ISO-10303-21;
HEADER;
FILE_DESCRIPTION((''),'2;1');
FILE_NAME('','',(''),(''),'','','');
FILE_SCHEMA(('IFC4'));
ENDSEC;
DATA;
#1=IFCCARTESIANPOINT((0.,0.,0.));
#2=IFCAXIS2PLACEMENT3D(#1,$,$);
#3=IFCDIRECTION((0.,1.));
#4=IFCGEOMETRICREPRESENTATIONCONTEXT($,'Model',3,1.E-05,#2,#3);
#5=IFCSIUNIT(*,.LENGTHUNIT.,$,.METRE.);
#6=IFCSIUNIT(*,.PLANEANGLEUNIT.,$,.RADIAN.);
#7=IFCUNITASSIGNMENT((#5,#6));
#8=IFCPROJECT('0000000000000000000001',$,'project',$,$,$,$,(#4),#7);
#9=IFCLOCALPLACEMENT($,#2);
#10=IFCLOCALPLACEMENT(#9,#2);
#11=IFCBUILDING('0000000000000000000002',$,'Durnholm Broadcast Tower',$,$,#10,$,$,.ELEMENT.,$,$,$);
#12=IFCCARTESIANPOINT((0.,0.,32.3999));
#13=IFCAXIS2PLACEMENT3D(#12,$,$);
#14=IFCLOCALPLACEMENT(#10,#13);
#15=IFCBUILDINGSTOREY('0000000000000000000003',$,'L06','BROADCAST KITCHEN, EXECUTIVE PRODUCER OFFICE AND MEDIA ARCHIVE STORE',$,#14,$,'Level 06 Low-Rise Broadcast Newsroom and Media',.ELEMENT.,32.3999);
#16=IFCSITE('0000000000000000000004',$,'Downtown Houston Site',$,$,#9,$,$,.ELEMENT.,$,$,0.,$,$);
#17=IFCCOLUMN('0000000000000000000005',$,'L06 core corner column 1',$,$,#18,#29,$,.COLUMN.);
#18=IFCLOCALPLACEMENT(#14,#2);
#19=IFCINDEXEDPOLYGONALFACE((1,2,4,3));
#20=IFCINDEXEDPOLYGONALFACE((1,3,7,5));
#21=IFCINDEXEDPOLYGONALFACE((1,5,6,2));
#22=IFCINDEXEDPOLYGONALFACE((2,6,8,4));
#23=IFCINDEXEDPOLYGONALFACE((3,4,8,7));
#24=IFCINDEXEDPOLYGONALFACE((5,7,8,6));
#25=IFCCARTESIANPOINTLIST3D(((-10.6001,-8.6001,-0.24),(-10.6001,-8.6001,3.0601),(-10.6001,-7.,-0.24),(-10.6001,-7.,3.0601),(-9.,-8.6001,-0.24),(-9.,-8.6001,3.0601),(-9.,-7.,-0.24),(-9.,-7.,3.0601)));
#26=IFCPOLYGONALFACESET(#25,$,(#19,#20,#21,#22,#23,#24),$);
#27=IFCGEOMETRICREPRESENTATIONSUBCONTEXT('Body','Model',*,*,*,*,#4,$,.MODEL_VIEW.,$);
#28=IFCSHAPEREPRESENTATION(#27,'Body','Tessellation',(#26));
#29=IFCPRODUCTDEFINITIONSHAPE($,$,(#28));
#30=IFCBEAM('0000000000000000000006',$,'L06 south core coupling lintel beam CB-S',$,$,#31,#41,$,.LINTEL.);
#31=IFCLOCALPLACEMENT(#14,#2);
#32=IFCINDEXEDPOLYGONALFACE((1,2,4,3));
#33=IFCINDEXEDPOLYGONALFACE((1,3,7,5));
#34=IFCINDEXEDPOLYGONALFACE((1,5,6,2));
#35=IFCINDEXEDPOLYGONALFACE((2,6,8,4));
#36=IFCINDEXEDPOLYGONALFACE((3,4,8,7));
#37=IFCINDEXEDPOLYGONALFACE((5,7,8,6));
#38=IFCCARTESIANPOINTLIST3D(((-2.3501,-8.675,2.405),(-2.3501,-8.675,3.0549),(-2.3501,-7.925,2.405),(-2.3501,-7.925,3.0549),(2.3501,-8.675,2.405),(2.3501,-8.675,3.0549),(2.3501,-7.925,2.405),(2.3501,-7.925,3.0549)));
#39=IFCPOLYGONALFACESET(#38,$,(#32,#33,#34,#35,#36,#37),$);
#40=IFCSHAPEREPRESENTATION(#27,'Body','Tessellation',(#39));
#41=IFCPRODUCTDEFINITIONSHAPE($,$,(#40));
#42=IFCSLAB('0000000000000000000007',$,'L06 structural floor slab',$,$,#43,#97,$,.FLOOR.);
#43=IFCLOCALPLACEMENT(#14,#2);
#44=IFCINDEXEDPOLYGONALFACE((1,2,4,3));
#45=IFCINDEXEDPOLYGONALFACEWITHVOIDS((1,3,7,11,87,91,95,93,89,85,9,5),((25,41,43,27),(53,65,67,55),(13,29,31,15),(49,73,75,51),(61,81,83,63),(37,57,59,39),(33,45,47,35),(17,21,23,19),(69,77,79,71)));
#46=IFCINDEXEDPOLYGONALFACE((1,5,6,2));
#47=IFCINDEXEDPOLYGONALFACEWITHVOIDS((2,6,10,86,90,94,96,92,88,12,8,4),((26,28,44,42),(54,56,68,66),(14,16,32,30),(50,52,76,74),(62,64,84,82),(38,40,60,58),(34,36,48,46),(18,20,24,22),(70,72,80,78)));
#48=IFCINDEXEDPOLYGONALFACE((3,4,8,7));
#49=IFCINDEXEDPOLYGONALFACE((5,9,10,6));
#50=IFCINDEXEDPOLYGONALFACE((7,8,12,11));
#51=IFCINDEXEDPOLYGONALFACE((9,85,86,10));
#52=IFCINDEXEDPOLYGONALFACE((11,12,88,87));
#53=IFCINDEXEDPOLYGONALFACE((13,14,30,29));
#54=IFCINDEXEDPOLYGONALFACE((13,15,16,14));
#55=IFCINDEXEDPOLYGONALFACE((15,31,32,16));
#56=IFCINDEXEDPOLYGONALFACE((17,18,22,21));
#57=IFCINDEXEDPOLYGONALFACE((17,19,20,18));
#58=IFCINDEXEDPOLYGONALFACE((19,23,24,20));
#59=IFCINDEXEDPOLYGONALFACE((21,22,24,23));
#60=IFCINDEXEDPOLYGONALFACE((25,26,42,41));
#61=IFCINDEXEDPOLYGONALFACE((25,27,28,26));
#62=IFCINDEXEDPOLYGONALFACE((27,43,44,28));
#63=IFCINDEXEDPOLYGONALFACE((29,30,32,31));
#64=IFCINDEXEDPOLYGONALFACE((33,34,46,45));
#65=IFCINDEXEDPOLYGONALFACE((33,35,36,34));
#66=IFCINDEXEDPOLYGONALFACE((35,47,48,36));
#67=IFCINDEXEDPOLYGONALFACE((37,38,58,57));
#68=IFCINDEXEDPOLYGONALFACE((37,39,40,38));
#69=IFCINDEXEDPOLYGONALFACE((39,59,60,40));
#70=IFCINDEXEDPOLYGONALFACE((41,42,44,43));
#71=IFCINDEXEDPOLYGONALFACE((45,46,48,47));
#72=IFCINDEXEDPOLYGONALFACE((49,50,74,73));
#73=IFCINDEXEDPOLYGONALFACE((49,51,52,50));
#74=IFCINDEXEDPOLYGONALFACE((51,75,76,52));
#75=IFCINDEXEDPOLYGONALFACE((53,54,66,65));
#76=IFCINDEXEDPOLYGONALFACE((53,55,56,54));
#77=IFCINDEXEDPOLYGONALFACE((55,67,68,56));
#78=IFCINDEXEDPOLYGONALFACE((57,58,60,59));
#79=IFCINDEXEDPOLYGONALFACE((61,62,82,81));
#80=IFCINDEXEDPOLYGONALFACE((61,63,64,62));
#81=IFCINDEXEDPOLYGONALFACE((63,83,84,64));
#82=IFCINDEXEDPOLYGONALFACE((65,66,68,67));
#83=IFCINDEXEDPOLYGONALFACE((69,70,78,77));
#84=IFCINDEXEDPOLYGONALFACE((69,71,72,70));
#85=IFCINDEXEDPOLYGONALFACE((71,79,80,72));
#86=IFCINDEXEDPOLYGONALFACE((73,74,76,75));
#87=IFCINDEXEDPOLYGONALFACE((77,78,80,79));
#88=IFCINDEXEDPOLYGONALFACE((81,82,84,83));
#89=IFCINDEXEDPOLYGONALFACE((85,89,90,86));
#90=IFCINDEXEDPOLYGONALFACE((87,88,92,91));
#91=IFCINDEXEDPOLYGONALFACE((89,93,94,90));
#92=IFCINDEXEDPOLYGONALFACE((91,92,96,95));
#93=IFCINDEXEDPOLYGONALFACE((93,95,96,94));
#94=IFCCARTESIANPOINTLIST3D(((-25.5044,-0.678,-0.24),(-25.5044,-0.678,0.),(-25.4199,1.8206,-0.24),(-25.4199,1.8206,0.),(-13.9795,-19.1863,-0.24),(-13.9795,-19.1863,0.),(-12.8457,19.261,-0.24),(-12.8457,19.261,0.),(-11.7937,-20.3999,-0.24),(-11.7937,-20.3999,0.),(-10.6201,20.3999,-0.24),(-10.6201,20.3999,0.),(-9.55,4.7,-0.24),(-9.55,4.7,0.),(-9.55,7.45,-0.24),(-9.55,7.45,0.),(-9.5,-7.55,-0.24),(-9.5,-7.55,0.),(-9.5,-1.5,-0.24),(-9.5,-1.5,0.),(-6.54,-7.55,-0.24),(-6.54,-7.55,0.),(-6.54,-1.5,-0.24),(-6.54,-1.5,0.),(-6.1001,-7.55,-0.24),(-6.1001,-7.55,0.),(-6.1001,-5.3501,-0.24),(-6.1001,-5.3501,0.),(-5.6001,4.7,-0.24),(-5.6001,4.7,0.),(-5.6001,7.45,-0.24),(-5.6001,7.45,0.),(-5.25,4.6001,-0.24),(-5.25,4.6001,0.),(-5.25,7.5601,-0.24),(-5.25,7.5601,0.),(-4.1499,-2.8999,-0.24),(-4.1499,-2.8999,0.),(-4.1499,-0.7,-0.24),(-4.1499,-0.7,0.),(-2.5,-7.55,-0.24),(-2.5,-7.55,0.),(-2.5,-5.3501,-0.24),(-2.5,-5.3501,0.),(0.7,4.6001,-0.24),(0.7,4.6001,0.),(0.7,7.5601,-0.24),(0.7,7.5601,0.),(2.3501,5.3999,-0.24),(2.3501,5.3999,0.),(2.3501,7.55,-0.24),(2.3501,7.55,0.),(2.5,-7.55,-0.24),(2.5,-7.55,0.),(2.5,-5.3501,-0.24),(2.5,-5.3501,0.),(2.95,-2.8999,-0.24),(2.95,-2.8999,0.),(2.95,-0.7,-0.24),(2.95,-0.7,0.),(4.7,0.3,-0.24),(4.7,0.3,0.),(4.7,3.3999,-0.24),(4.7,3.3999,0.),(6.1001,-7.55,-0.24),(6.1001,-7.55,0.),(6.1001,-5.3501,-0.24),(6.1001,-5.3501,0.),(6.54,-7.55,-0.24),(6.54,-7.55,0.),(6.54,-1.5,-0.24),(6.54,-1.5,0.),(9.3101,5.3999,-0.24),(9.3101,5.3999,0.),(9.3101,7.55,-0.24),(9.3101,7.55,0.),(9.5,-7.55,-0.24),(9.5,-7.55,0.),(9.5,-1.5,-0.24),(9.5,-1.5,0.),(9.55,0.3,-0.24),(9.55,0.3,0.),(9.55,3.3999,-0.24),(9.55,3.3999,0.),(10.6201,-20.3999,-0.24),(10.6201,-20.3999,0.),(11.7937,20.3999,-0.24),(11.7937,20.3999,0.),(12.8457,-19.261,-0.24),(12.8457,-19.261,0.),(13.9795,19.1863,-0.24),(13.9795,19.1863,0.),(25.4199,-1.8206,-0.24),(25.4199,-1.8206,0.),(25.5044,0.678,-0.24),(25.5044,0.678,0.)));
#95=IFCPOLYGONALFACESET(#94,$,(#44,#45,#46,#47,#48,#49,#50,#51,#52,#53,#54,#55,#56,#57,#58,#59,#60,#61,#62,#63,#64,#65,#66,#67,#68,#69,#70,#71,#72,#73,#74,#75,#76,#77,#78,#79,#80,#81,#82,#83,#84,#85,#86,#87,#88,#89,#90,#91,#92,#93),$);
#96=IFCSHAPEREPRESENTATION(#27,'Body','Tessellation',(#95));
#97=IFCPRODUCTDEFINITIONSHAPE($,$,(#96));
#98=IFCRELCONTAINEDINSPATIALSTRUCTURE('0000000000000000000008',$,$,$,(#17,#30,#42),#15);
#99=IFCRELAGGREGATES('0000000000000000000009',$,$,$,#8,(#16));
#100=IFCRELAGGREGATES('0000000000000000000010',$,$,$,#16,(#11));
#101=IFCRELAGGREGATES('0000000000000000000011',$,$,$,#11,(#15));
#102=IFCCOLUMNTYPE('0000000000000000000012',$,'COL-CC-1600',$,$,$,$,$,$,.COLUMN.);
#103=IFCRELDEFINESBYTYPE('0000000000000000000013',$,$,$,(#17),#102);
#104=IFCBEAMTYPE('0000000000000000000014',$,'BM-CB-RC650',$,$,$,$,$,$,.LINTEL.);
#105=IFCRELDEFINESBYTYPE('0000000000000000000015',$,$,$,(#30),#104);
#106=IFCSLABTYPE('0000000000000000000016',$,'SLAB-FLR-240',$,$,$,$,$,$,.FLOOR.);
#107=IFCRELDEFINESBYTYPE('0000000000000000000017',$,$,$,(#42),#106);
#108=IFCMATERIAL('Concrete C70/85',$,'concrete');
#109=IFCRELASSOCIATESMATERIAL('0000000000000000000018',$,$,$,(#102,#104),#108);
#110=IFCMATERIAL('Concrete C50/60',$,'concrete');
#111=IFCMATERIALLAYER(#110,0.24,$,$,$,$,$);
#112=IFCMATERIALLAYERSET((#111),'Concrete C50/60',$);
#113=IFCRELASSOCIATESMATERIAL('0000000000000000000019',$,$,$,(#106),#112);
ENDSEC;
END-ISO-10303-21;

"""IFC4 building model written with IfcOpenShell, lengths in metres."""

from ifc_helpers import new_model, si_unit, direction, frame, origin, origin_2d, place, context, subcontext, project, spatial, polyline, rectangle, outline, extrude, source, transform, mapped, material, layer, layer_set, material_profile, profile_set, type_object, type_shapes, element, save


model = new_model("IFC4")

# Units and contexts
model_context = context("Model", 3, precision=1e-05, world=origin(), true_north=direction((0.0, 1.0)))
body_context = subcontext(model_context, "Body", "Model", "MODEL_VIEW")
ifc_project = project(units=[si_unit("LENGTHUNIT", "METRE"), si_unit("PLANEANGLEUNIT", "RADIAN")], contexts=[model_context])

# Site, building, storey
site_placement = place(None, origin())
site = spatial("IfcSite", under=ifc_project, at=site_placement, Name="Downtown Houston Site", CompositionType="ELEMENT", RefElevation=0.0)
building_placement = place(site_placement, origin())
building = spatial("IfcBuilding", under=site, at=building_placement, Name="Durnholm Broadcast Tower", CompositionType="ELEMENT")
storey_placement = place(building_placement, frame((0.0, 0.0, 32.3999)))
storey = spatial("IfcBuildingStorey", under=building, at=storey_placement, Name="L06", Description="BROADCAST KITCHEN, EXECUTIVE PRODUCER OFFICE AND MEDIA ARCHIVE STORE", LongName="Level 06 Low-Rise Broadcast Newsroom and Media", CompositionType="ELEMENT", Elevation=32.3999)

# Column
ifc_material_1 = material(Name="Concrete C70/85", Category="concrete")
ifc_material_profile_1 = material_profile(ifc_material_1, rectangle(XDim=1.6001, YDim=1.6001, at=origin_2d()), Name="RC1600X1600")
ifc_profile_set_1 = profile_set([ifc_material_profile_1], Name="Concrete C70/85")
column_type = type_object("IfcColumnType", Name="COL-CC-1600", PredefinedType="COLUMN", material=ifc_profile_set_1)
shared_shape_1 = source(origin(), body_context, "Body", "SweptSolid", [
    extrude(rectangle(XDim=1.6001, YDim=1.6001, at=origin_2d()), origin(), (0.0, 0.0, 1.0), 3.3),
])
type_shapes(column_type, [shared_shape_1])
column_placement = place(storey_placement, frame((-9.8, -7.8, -0.24), z_axis=(0.0, 0.0, 1.0), x_axis=(1.0, 0.0, 0.0)))
element("IfcColumn", 1, at=column_placement, inside=storey, type_object=column_type, Name="L06 core corner column 1", PredefinedType="COLUMN", context=body_context, shape_type="MappedRepresentation", body=[
    mapped(shared_shape_1, transform((0.0, 0.0, 0.0), x_axis=(1.0, 0.0, 0.0), y_axis=(0.0, 1.0, 0.0), z_axis=(0.0, 0.0, 1.0), scale=1.0)),
])

# Beam
ifc_material_profile_2 = material_profile(ifc_material_1, rectangle(XDim=0.75, YDim=0.6499, at=origin_2d()), Name="RC750X650")
ifc_profile_set_2 = profile_set([ifc_material_profile_2], Name="Concrete C70/85")
beam_type = type_object("IfcBeamType", Name="BM-CB-RC650", PredefinedType="LINTEL", material=ifc_profile_set_2)
shared_shape_2 = source(origin(), body_context, "Body", "SweptSolid", [
    extrude(rectangle(XDim=0.75, YDim=0.6499, at=origin_2d()), origin(), (0.0, 0.0, 1.0), 4.7002),
])
type_shapes(beam_type, [shared_shape_2])
beam_placement = place(storey_placement, frame((-2.3501, -8.3, 2.73), z_axis=(1.0, 0.0, 0.0), x_axis=(0.0, 1.0, 0.0)))
element("IfcBeam", 2, at=beam_placement, inside=storey, type_object=beam_type, Name="L06 south core coupling lintel beam CB-S", PredefinedType="LINTEL", context=body_context, shape_type="MappedRepresentation", body=[
    mapped(shared_shape_2, transform((0.0, 0.0, 0.0), x_axis=(1.0, 0.0, 0.0), y_axis=(0.0, 1.0, 0.0), z_axis=(0.0, 0.0, 1.0), scale=1.0)),
])

# Slab
ifc_material_2 = material(Name="Concrete C50/60", Category="concrete")
ifc_layer_1 = layer(ifc_material_2, 0.24)
ifc_layer_set_1 = layer_set([ifc_layer_1], Name="Concrete C50/60")
slab_type_1 = type_object("IfcSlabType", Name="SLAB-FLR-240", PredefinedType="FLOOR", material=ifc_layer_set_1)
slab_1_placement = place(storey_placement, frame((0.0, 0.0, -0.24)))
element("IfcSlab", 3, at=slab_1_placement, inside=storey, type_object=slab_type_1, Name="L06 structural floor slab", PredefinedType="FLOOR", context=body_context, shape_type="SweptSolid", body=[
    extrude(outline(polyline([(-13.9795, -19.1863), (-11.7937, -20.3999), (10.6201, -20.3999), (12.8457, -19.261), (25.4199, -1.8206), (25.5044, 0.678), (13.9795, 19.1863), (11.7937, 20.3999), (-10.6201, 20.3999), (-12.8457, 19.261), (-25.4199, 1.8206), (-25.5044, -0.678), (-13.9795, -19.1863)]), holes=[polyline([(-2.5, -5.3501), (-6.1001, -5.3501), (-6.1001, -7.55), (-2.5, -7.55), (-2.5, -5.3501)]), polyline([(6.1001, -5.3501), (2.5, -5.3501), (2.5, -7.55), (6.1001, -7.55), (6.1001, -5.3501)]), polyline([(-6.54, -7.55), (-6.54, -1.5), (-9.5, -1.5), (-9.5, -7.55), (-6.54, -7.55)]), polyline([(9.5, -7.55), (9.5, -1.5), (6.54, -1.5), (6.54, -7.55), (9.5, -7.55)]), polyline([(2.95, -0.7), (-4.1499, -0.7), (-4.1499, -2.8999), (2.95, -2.8999), (2.95, -0.7)]), polyline([(9.55, 3.3999), (4.7, 3.3999), (4.7, 0.3), (9.55, 0.3), (9.55, 3.3999)]), polyline([(-5.6001, 7.45), (-9.55, 7.45), (-9.55, 4.7), (-5.6001, 4.7), (-5.6001, 7.45)]), polyline([(-5.25, 7.5601), (-5.25, 4.6001), (0.7, 4.6001), (0.7, 7.5601), (-5.25, 7.5601)]), polyline([(9.3101, 5.3999), (9.3101, 7.55), (2.3501, 7.55), (2.3501, 5.3999), (9.3101, 5.3999)])]), origin(), (0.0, 0.0, 1.0), 0.24),
])

save(model, "model.ifc")
